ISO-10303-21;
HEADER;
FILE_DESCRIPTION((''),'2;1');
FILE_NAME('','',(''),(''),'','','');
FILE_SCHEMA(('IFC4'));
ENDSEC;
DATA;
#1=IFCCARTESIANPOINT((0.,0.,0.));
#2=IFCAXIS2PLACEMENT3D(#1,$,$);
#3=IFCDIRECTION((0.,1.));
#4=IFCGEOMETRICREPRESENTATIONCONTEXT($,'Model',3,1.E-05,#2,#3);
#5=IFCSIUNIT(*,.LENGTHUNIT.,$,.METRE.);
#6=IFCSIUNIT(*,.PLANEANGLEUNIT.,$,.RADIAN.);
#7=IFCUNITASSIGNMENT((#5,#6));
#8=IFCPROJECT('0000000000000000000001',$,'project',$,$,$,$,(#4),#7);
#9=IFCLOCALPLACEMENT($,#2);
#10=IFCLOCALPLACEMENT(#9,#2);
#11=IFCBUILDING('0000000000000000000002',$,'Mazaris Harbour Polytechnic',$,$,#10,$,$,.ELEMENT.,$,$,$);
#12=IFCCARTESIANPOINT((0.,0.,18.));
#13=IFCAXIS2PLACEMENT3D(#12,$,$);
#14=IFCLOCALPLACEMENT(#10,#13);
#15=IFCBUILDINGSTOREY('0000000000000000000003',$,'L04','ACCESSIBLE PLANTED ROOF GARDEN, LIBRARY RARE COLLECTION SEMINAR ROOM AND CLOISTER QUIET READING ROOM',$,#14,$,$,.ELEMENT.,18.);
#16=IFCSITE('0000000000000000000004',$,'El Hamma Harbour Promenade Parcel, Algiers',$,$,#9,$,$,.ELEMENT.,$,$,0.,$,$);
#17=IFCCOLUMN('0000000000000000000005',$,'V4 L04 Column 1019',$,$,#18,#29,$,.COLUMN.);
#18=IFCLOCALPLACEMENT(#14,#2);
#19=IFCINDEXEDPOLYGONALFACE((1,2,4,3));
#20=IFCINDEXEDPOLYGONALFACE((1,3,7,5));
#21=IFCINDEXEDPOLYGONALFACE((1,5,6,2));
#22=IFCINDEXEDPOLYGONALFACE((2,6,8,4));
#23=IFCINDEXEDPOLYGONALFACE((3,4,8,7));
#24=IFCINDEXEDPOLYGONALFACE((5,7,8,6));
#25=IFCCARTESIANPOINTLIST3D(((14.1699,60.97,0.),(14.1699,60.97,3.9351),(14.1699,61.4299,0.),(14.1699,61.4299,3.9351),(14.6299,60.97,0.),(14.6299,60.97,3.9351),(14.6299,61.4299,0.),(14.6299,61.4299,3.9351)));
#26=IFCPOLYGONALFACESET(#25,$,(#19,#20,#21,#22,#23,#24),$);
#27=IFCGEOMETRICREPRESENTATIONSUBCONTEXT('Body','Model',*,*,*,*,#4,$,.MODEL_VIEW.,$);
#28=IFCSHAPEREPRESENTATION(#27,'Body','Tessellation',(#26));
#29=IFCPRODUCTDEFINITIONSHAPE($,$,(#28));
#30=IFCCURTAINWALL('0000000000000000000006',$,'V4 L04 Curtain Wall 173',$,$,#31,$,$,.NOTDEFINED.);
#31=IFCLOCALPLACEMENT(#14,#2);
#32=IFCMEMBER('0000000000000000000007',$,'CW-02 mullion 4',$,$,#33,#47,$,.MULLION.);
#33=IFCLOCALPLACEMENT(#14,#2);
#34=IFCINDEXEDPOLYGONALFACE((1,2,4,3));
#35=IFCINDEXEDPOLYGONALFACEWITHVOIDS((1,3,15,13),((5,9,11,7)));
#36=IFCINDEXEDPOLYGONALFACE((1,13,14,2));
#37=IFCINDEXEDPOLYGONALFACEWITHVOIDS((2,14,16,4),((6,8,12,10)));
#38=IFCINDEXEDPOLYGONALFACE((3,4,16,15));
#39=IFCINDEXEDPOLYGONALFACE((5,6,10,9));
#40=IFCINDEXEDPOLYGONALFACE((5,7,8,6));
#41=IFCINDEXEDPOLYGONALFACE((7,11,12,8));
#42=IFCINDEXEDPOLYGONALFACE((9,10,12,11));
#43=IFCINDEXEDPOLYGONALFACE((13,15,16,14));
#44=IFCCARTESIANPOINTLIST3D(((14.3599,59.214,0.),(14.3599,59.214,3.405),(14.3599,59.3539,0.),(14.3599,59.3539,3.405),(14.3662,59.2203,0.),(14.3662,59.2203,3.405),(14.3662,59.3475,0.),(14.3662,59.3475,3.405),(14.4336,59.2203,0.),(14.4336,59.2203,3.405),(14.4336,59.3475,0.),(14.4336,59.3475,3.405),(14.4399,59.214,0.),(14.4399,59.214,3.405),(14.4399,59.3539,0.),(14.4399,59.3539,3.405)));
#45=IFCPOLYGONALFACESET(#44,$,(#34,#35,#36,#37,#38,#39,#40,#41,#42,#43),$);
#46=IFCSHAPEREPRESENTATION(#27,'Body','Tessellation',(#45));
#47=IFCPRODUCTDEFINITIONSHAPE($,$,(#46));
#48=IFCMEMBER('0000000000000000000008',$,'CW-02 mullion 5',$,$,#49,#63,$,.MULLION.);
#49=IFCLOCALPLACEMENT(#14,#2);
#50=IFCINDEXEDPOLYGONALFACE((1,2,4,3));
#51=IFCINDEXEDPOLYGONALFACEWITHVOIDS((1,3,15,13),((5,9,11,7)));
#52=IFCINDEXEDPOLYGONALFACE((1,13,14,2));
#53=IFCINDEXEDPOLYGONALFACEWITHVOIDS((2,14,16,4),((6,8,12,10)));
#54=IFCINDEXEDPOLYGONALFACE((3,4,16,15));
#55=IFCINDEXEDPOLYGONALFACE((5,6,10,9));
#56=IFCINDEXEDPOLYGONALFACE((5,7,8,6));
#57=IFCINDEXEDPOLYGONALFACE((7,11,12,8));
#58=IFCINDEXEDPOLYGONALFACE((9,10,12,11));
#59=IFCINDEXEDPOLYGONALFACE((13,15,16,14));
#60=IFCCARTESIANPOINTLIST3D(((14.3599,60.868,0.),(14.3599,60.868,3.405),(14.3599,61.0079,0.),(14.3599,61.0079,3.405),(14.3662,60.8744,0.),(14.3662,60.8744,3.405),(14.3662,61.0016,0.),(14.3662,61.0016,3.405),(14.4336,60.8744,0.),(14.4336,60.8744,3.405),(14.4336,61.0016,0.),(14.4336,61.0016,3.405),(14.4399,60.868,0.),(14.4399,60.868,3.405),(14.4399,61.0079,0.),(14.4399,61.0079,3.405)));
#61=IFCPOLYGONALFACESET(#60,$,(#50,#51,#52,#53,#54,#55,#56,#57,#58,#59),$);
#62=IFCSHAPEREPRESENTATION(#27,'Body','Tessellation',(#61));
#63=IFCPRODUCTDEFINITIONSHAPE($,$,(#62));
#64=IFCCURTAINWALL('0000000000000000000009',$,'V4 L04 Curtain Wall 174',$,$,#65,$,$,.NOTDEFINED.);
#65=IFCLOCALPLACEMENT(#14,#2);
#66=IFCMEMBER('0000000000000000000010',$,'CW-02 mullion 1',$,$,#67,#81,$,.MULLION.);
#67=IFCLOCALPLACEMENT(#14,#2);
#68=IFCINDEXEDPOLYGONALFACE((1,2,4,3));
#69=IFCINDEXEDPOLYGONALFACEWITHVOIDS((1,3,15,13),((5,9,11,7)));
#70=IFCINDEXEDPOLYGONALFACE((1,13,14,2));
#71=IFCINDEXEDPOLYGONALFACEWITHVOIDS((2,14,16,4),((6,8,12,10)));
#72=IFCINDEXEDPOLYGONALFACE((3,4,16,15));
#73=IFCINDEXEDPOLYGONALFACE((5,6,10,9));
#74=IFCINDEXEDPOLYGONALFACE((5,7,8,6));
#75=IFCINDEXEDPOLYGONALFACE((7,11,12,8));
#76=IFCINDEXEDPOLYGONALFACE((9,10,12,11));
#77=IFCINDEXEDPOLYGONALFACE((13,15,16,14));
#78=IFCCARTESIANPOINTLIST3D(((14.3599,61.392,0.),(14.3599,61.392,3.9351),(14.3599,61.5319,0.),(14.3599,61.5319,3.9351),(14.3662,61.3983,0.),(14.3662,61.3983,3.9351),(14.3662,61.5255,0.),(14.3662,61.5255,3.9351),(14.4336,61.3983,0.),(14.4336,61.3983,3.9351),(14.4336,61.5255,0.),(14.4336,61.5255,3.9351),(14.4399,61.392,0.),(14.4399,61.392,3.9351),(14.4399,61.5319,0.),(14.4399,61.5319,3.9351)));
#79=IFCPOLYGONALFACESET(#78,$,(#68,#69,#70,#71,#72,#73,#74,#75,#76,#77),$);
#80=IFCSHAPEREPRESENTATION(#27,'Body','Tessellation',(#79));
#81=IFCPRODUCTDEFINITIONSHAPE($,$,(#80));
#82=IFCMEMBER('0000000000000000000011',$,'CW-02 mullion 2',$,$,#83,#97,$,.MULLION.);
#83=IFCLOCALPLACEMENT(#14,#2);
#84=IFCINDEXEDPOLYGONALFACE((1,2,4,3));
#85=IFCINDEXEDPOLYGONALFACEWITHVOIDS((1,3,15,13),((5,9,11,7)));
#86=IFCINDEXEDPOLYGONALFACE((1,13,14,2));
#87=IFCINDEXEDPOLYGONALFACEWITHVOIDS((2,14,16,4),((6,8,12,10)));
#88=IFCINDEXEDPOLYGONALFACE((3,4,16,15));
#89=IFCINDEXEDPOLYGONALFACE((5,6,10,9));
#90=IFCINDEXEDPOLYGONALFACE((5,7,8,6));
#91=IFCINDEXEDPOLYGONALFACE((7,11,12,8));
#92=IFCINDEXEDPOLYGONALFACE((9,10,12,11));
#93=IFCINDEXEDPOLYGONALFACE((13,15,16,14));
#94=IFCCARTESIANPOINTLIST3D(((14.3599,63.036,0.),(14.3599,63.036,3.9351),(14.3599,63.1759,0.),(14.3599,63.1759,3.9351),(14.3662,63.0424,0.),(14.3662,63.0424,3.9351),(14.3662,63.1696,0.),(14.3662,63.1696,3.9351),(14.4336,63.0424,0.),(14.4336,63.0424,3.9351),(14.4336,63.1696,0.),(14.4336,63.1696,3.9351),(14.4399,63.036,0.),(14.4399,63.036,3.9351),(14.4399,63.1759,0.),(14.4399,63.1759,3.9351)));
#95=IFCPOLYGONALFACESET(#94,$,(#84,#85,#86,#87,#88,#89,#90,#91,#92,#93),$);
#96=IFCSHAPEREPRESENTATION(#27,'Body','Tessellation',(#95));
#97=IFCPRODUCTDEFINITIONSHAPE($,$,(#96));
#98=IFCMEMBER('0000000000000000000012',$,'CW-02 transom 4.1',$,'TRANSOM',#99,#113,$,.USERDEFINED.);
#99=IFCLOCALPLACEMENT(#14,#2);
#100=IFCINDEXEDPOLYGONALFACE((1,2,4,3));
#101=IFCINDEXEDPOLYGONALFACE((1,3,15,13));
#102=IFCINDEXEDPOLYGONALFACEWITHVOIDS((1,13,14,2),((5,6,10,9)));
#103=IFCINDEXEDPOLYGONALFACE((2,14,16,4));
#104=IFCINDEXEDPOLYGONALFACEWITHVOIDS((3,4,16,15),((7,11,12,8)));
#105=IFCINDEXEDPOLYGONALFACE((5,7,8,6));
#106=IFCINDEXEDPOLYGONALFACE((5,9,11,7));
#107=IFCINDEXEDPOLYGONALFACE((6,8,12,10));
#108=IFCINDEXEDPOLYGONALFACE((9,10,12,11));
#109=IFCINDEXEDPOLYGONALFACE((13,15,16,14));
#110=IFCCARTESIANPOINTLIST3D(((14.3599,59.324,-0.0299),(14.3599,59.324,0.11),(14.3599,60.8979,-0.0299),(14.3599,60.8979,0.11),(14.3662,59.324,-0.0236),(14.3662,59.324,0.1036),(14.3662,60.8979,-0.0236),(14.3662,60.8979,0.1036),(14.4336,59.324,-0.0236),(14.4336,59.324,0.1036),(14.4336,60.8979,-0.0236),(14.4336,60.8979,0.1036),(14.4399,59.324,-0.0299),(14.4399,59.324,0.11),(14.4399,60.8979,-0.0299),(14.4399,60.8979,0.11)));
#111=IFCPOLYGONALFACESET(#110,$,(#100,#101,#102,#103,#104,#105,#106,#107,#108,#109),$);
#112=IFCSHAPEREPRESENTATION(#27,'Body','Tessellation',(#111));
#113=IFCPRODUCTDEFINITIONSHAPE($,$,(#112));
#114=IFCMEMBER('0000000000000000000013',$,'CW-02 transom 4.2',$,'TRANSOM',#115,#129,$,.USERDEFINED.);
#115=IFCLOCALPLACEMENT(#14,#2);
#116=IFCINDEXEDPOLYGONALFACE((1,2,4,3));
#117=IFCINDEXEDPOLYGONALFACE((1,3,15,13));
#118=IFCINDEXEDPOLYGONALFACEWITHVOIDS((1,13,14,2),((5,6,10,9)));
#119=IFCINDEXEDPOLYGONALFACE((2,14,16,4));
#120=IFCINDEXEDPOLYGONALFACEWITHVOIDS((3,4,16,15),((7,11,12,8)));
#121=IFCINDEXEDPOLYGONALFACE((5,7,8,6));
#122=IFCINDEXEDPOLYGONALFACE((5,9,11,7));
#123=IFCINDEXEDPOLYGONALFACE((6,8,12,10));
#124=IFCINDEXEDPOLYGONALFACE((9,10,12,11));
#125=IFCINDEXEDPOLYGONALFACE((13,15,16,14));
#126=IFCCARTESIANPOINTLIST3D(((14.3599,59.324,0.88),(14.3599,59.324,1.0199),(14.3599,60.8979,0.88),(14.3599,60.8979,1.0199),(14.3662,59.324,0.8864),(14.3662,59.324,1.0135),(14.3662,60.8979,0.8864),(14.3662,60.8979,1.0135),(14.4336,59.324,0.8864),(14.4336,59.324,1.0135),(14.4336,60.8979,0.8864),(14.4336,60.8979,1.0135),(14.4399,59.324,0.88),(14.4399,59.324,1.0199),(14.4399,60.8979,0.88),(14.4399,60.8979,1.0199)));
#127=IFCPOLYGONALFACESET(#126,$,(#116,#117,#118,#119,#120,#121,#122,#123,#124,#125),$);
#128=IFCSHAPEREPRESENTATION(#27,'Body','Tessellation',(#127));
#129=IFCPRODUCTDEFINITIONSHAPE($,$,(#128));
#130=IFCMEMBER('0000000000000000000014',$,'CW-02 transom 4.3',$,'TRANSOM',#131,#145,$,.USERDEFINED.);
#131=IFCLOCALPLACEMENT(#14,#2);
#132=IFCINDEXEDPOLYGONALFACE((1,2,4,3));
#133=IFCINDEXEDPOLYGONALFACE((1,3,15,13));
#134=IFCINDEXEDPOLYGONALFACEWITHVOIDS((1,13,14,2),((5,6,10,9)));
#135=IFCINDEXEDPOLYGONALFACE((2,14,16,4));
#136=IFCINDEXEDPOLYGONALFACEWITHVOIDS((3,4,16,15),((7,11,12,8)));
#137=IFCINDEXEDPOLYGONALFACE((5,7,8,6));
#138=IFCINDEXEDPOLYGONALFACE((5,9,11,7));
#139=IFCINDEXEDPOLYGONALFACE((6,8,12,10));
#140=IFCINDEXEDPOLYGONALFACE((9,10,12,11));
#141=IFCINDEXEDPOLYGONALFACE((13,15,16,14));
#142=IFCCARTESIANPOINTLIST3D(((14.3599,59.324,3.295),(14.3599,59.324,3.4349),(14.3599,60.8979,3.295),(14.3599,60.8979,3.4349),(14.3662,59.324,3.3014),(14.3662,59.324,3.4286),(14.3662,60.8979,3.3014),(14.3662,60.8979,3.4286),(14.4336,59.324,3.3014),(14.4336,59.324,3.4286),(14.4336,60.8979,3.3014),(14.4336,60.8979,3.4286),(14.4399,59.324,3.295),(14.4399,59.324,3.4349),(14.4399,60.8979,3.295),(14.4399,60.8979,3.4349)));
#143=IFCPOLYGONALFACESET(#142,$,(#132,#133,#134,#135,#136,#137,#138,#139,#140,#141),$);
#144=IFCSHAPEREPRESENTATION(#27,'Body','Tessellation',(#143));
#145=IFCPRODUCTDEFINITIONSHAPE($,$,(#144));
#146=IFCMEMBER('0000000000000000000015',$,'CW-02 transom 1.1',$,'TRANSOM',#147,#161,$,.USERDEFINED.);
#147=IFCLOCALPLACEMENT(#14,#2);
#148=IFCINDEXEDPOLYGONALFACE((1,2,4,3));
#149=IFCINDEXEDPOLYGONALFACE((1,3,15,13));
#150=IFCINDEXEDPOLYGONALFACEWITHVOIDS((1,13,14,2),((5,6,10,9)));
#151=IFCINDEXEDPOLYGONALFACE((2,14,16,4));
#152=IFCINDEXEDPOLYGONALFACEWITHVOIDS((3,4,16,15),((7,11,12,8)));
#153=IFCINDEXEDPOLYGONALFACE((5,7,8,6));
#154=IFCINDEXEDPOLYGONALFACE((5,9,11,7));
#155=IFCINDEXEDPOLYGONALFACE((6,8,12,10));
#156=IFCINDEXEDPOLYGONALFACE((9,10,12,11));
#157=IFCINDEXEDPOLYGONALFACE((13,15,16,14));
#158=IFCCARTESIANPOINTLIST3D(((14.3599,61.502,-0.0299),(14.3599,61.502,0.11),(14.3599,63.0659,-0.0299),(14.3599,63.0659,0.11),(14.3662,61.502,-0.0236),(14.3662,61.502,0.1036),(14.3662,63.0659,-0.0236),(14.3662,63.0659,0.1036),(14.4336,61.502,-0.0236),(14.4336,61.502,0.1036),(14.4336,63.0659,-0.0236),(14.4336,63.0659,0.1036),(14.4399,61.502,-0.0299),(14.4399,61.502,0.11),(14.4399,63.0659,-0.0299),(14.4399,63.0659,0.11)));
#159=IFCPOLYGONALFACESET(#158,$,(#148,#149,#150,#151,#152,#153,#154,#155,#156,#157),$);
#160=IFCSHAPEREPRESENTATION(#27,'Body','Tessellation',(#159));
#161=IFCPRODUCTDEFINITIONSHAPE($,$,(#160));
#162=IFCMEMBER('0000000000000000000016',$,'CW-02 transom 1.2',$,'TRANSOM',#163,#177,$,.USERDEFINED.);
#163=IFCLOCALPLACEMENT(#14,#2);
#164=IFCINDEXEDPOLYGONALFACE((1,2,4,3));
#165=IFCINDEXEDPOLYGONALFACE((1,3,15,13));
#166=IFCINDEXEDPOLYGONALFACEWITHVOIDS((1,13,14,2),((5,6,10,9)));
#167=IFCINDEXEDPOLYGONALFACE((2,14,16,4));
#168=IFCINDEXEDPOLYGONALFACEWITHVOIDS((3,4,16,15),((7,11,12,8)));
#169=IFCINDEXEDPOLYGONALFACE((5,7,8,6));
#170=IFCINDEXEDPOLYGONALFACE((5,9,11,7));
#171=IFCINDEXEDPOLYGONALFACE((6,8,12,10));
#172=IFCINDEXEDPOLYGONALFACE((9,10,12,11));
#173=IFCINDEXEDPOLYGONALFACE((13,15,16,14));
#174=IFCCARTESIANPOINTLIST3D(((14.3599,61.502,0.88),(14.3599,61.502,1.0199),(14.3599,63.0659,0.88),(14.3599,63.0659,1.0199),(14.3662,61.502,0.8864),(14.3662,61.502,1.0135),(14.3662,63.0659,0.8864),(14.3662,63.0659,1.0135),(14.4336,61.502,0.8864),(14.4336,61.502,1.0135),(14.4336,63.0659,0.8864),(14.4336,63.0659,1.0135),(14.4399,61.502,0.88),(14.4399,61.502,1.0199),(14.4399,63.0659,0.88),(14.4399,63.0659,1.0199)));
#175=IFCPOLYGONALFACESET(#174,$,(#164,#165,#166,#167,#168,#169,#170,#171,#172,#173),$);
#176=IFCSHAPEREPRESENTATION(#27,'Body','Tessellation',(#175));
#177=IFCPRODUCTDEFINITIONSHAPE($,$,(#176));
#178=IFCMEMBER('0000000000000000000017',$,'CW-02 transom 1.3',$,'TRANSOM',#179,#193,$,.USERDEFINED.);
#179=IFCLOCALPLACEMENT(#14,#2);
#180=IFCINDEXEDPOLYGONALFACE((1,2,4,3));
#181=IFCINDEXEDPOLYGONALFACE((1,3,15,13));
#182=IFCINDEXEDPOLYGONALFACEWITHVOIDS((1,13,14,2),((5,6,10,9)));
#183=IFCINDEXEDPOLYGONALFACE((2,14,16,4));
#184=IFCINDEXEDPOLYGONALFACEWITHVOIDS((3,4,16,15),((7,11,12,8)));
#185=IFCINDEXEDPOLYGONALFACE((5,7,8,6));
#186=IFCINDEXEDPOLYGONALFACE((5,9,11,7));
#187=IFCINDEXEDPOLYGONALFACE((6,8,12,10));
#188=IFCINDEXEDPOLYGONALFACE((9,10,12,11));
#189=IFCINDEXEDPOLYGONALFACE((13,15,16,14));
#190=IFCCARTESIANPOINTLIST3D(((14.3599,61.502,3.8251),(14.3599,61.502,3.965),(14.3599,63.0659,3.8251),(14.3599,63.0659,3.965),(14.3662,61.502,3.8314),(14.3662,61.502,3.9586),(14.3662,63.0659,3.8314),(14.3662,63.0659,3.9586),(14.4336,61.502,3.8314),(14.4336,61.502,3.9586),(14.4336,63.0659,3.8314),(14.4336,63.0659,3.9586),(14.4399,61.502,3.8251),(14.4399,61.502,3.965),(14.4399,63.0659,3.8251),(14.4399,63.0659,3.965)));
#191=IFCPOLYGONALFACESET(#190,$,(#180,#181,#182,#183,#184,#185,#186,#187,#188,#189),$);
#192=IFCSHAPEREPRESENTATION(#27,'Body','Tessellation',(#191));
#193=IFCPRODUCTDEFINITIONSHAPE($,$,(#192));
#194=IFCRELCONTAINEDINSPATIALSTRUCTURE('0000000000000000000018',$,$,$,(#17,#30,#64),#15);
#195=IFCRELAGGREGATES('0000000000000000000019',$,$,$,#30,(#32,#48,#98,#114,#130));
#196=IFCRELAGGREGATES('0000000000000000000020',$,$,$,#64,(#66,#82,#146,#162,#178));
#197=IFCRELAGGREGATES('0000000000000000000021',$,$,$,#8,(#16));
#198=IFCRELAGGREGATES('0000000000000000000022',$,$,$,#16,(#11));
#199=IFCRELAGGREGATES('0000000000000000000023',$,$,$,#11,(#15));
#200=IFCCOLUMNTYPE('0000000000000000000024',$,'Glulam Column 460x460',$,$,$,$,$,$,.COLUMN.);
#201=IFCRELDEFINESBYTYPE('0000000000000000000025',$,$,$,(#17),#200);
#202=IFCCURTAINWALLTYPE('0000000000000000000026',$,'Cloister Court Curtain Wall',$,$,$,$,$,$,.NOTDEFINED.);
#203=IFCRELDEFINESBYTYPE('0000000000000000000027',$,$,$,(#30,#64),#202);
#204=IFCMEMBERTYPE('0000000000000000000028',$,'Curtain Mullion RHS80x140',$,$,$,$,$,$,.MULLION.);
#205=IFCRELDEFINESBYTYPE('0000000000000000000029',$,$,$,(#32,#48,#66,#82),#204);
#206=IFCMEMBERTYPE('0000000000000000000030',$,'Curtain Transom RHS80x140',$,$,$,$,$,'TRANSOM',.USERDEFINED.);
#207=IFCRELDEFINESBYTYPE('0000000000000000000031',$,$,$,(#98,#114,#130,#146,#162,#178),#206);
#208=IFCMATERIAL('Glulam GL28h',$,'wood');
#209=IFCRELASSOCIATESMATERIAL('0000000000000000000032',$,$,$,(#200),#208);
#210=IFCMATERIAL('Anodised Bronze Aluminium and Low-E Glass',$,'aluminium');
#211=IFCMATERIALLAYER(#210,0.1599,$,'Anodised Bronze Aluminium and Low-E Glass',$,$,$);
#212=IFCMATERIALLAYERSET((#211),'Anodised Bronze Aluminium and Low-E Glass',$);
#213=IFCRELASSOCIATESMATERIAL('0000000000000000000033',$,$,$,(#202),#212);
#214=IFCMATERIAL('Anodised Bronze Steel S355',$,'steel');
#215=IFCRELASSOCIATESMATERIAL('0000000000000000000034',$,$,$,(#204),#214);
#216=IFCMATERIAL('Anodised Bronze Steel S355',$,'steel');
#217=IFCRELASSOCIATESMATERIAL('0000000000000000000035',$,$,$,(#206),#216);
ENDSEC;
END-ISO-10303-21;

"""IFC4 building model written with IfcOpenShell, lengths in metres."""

from ifc_helpers import new_model, si_unit, direction, frame, origin, origin_2d, place, context, subcontext, project, spatial, rectangle, hollow_rectangle, extrude, material, layer, layer_set, material_profile, profile_set, type_object, element, aggregate, save


model = new_model("IFC4")

# Units and contexts
model_context = context("Model", 3, precision=1e-05, world=origin(), true_north=direction((0.0, 1.0)))
body_context = subcontext(model_context, "Body", "Model", "MODEL_VIEW")
ifc_project = project(units=[si_unit("LENGTHUNIT", "METRE"), si_unit("PLANEANGLEUNIT", "RADIAN")], contexts=[model_context])

# Site, building, storey
site_placement = place(None, origin())
site = spatial("IfcSite", under=ifc_project, at=site_placement, Name="El Hamma Harbour Promenade Parcel, Algiers", CompositionType="ELEMENT", RefElevation=0.0)
building_placement = place(site_placement, origin())
building = spatial("IfcBuilding", under=site, at=building_placement, Name="Mazaris Harbour Polytechnic", CompositionType="ELEMENT")
storey_placement = place(building_placement, frame((0.0, 0.0, 18.0)))
storey = spatial("IfcBuildingStorey", under=building, at=storey_placement, Name="L04", Description="ACCESSIBLE PLANTED ROOF GARDEN, LIBRARY RARE COLLECTION SEMINAR ROOM AND CLOISTER QUIET READING ROOM", CompositionType="ELEMENT", Elevation=18.0)

# Column
ifc_material_1 = material(Name="Glulam GL28h", Category="wood")
ifc_material_profile_1 = material_profile(ifc_material_1, rectangle(XDim=0.46, YDim=0.46, at=origin_2d()), Name="RECT460x460")
ifc_profile_set_1 = profile_set([ifc_material_profile_1], Name="Glulam GL28h")
column_type = type_object("IfcColumnType", Name="Glulam Column 460x460", PredefinedType="COLUMN", material=ifc_profile_set_1)
column_placement = place(storey_placement, frame((14.3999, 61.2, 0.0), z_axis=(0.0, 0.0, 1.0), x_axis=(1.0, 0.0, 0.0)))
element("IfcColumn", 1, at=column_placement, inside=storey, type_object=column_type, Name="V4 L04 Column 1019", PredefinedType="COLUMN", context=body_context, shape_type="SweptSolid", body=[
    extrude(rectangle(XDim=0.46, YDim=0.46, at=origin_2d()), origin(), (0.0, 0.0, 1.0), 3.9351),
])

# Curtain walls, members
ifc_material_2 = material(Name="Anodised Bronze Aluminium and Low-E Glass", Category="aluminium")
ifc_layer_1 = layer(ifc_material_2, 0.1599, Name="Anodised Bronze Aluminium and Low-E Glass")
ifc_layer_set_1 = layer_set([ifc_layer_1], Name="Anodised Bronze Aluminium and Low-E Glass")
curtain_wall_type = type_object("IfcCurtainWallType", Name="Cloister Court Curtain Wall", PredefinedType="NOTDEFINED", material=ifc_layer_set_1)
curtain_wall_1_placement = place(storey_placement, origin())
curtain_wall_1 = element("IfcCurtainWall", 2, at=curtain_wall_1_placement, inside=storey, type_object=curtain_wall_type, Name="V4 L04 Curtain Wall 173", PredefinedType="NOTDEFINED")
ifc_material_3 = material(Name="Anodised Bronze Steel S355", Category="steel")
ifc_material_profile_2 = material_profile(ifc_material_3, hollow_rectangle(XDim=0.0801, YDim=0.1399, WallThickness=0.0063, at=origin_2d()), Name="RHS 80x140x6.3")
ifc_profile_set_2 = profile_set([ifc_material_profile_2], Name="Anodised Bronze Steel S355")
member_type_1 = type_object("IfcMemberType", Name="Curtain Mullion RHS80x140", PredefinedType="MULLION", material=ifc_profile_set_2)
member_1_placement = place(storey_placement, frame((14.3999, 59.2839, 0.0), z_axis=(0.0, 0.0, 1.0), x_axis=(-1.0, 0.0, 0.0)))
member_1 = element("IfcMember", 3, at=member_1_placement, type_object=member_type_1, Name="CW-02 mullion 4", PredefinedType="MULLION", context=body_context, shape_type="SweptSolid", body=[
    extrude(hollow_rectangle(XDim=0.0801, YDim=0.1399, WallThickness=0.0063, at=origin_2d()), origin(), (0.0, 0.0, 1.0), 3.405),
])
member_2_placement = place(storey_placement, frame((14.3999, 60.938, 0.0), z_axis=(0.0, 0.0, 1.0), x_axis=(-1.0, 0.0, 0.0)))
member_2 = element("IfcMember", 4, at=member_2_placement, type_object=member_type_1, Name="CW-02 mullion 5", PredefinedType="MULLION", context=body_context, shape_type="SweptSolid", body=[
    extrude(hollow_rectangle(XDim=0.0801, YDim=0.1399, WallThickness=0.0063, at=origin_2d()), origin(), (0.0, 0.0, 1.0), 3.405),
])
curtain_wall_2_placement = place(storey_placement, origin())
curtain_wall_2 = element("IfcCurtainWall", 5, at=curtain_wall_2_placement, inside=storey, type_object=curtain_wall_type, Name="V4 L04 Curtain Wall 174", PredefinedType="NOTDEFINED")
member_3_placement = place(storey_placement, frame((14.3999, 61.4619, 0.0), z_axis=(0.0, 0.0, 1.0), x_axis=(-1.0, 0.0, 0.0)))
member_3 = element("IfcMember", 6, at=member_3_placement, type_object=member_type_1, Name="CW-02 mullion 1", PredefinedType="MULLION", context=body_context, shape_type="SweptSolid", body=[
    extrude(hollow_rectangle(XDim=0.0801, YDim=0.1399, WallThickness=0.0063, at=origin_2d()), origin(), (0.0, 0.0, 1.0), 3.9351),
])
member_4_placement = place(storey_placement, frame((14.3999, 63.106, 0.0), z_axis=(0.0, 0.0, 1.0), x_axis=(-1.0, 0.0, 0.0)))
member_4 = element("IfcMember", 7, at=member_4_placement, type_object=member_type_1, Name="CW-02 mullion 2", PredefinedType="MULLION", context=body_context, shape_type="SweptSolid", body=[
    extrude(hollow_rectangle(XDim=0.0801, YDim=0.1399, WallThickness=0.0063, at=origin_2d()), origin(), (0.0, 0.0, 1.0), 3.9351),
])

# Members
ifc_material_4 = material(Name="Anodised Bronze Steel S355", Category="steel")
ifc_material_profile_3 = material_profile(ifc_material_4, hollow_rectangle(XDim=0.0801, YDim=0.1399, WallThickness=0.0063, at=origin_2d()), Name="RHS 80x140x6.3")
ifc_profile_set_3 = profile_set([ifc_material_profile_3], Name="Anodised Bronze Steel S355")
member_type_2 = type_object("IfcMemberType", Name="Curtain Transom RHS80x140", ElementType="TRANSOM", PredefinedType="USERDEFINED", material=ifc_profile_set_3)
member_5_placement = place(storey_placement, frame((14.3999, 59.324, 0.04), z_axis=(0.0, 1.0, 0.0), x_axis=(-1.0, 0.0, 0.0)))
member_5 = element("IfcMember", 8, at=member_5_placement, type_object=member_type_2, Name="CW-02 transom 4.1", ObjectType="TRANSOM", PredefinedType="USERDEFINED", context=body_context, shape_type="SweptSolid", body=[
    extrude(hollow_rectangle(XDim=0.0801, YDim=0.1399, WallThickness=0.0063, at=origin_2d()), origin(), (0.0, 0.0, 1.0), 1.574),
])
member_6_placement = place(storey_placement, frame((14.3999, 59.324, 0.95), z_axis=(0.0, 1.0, 0.0), x_axis=(-1.0, 0.0, 0.0)))
member_6 = element("IfcMember", 9, at=member_6_placement, type_object=member_type_2, Name="CW-02 transom 4.2", ObjectType="TRANSOM", PredefinedType="USERDEFINED", context=body_context, shape_type="SweptSolid", body=[
    extrude(hollow_rectangle(XDim=0.0801, YDim=0.1399, WallThickness=0.0063, at=origin_2d()), origin(), (0.0, 0.0, 1.0), 1.574),
])
member_7_placement = place(storey_placement, frame((14.3999, 59.324, 3.365), z_axis=(0.0, 1.0, 0.0), x_axis=(-1.0, 0.0, 0.0)))
member_7 = element("IfcMember", 10, at=member_7_placement, type_object=member_type_2, Name="CW-02 transom 4.3", ObjectType="TRANSOM", PredefinedType="USERDEFINED", context=body_context, shape_type="SweptSolid", body=[
    extrude(hollow_rectangle(XDim=0.0801, YDim=0.1399, WallThickness=0.0063, at=origin_2d()), origin(), (0.0, 0.0, 1.0), 1.574),
])
member_8_placement = place(storey_placement, frame((14.3999, 61.502, 0.04), z_axis=(0.0, 1.0, 0.0), x_axis=(-1.0, 0.0, 0.0)))
member_8 = element("IfcMember", 11, at=member_8_placement, type_object=member_type_2, Name="CW-02 transom 1.1", ObjectType="TRANSOM", PredefinedType="USERDEFINED", context=body_context, shape_type="SweptSolid", body=[
    extrude(hollow_rectangle(XDim=0.0801, YDim=0.1399, WallThickness=0.0063, at=origin_2d()), origin(), (0.0, 0.0, 1.0), 1.564),
])
member_9_placement = place(storey_placement, frame((14.3999, 61.502, 0.95), z_axis=(0.0, 1.0, 0.0), x_axis=(-1.0, 0.0, 0.0)))
member_9 = element("IfcMember", 12, at=member_9_placement, type_object=member_type_2, Name="CW-02 transom 1.2", ObjectType="TRANSOM", PredefinedType="USERDEFINED", context=body_context, shape_type="SweptSolid", body=[
    extrude(hollow_rectangle(XDim=0.0801, YDim=0.1399, WallThickness=0.0063, at=origin_2d()), origin(), (0.0, 0.0, 1.0), 1.564),
])
member_10_placement = place(storey_placement, frame((14.3999, 61.502, 3.895), z_axis=(0.0, 1.0, 0.0), x_axis=(-1.0, 0.0, 0.0)))
member_10 = element("IfcMember", 13, at=member_10_placement, type_object=member_type_2, Name="CW-02 transom 1.3", ObjectType="TRANSOM", PredefinedType="USERDEFINED", context=body_context, shape_type="SweptSolid", body=[
    extrude(hollow_rectangle(XDim=0.0801, YDim=0.1399, WallThickness=0.0063, at=origin_2d()), origin(), (0.0, 0.0, 1.0), 1.564),
])

aggregate(curtain_wall_1, [member_1, member_2, member_5, member_6, member_7])
aggregate(curtain_wall_2, [member_3, member_4, member_8, member_9, member_10])

save(model, "model.ifc")
